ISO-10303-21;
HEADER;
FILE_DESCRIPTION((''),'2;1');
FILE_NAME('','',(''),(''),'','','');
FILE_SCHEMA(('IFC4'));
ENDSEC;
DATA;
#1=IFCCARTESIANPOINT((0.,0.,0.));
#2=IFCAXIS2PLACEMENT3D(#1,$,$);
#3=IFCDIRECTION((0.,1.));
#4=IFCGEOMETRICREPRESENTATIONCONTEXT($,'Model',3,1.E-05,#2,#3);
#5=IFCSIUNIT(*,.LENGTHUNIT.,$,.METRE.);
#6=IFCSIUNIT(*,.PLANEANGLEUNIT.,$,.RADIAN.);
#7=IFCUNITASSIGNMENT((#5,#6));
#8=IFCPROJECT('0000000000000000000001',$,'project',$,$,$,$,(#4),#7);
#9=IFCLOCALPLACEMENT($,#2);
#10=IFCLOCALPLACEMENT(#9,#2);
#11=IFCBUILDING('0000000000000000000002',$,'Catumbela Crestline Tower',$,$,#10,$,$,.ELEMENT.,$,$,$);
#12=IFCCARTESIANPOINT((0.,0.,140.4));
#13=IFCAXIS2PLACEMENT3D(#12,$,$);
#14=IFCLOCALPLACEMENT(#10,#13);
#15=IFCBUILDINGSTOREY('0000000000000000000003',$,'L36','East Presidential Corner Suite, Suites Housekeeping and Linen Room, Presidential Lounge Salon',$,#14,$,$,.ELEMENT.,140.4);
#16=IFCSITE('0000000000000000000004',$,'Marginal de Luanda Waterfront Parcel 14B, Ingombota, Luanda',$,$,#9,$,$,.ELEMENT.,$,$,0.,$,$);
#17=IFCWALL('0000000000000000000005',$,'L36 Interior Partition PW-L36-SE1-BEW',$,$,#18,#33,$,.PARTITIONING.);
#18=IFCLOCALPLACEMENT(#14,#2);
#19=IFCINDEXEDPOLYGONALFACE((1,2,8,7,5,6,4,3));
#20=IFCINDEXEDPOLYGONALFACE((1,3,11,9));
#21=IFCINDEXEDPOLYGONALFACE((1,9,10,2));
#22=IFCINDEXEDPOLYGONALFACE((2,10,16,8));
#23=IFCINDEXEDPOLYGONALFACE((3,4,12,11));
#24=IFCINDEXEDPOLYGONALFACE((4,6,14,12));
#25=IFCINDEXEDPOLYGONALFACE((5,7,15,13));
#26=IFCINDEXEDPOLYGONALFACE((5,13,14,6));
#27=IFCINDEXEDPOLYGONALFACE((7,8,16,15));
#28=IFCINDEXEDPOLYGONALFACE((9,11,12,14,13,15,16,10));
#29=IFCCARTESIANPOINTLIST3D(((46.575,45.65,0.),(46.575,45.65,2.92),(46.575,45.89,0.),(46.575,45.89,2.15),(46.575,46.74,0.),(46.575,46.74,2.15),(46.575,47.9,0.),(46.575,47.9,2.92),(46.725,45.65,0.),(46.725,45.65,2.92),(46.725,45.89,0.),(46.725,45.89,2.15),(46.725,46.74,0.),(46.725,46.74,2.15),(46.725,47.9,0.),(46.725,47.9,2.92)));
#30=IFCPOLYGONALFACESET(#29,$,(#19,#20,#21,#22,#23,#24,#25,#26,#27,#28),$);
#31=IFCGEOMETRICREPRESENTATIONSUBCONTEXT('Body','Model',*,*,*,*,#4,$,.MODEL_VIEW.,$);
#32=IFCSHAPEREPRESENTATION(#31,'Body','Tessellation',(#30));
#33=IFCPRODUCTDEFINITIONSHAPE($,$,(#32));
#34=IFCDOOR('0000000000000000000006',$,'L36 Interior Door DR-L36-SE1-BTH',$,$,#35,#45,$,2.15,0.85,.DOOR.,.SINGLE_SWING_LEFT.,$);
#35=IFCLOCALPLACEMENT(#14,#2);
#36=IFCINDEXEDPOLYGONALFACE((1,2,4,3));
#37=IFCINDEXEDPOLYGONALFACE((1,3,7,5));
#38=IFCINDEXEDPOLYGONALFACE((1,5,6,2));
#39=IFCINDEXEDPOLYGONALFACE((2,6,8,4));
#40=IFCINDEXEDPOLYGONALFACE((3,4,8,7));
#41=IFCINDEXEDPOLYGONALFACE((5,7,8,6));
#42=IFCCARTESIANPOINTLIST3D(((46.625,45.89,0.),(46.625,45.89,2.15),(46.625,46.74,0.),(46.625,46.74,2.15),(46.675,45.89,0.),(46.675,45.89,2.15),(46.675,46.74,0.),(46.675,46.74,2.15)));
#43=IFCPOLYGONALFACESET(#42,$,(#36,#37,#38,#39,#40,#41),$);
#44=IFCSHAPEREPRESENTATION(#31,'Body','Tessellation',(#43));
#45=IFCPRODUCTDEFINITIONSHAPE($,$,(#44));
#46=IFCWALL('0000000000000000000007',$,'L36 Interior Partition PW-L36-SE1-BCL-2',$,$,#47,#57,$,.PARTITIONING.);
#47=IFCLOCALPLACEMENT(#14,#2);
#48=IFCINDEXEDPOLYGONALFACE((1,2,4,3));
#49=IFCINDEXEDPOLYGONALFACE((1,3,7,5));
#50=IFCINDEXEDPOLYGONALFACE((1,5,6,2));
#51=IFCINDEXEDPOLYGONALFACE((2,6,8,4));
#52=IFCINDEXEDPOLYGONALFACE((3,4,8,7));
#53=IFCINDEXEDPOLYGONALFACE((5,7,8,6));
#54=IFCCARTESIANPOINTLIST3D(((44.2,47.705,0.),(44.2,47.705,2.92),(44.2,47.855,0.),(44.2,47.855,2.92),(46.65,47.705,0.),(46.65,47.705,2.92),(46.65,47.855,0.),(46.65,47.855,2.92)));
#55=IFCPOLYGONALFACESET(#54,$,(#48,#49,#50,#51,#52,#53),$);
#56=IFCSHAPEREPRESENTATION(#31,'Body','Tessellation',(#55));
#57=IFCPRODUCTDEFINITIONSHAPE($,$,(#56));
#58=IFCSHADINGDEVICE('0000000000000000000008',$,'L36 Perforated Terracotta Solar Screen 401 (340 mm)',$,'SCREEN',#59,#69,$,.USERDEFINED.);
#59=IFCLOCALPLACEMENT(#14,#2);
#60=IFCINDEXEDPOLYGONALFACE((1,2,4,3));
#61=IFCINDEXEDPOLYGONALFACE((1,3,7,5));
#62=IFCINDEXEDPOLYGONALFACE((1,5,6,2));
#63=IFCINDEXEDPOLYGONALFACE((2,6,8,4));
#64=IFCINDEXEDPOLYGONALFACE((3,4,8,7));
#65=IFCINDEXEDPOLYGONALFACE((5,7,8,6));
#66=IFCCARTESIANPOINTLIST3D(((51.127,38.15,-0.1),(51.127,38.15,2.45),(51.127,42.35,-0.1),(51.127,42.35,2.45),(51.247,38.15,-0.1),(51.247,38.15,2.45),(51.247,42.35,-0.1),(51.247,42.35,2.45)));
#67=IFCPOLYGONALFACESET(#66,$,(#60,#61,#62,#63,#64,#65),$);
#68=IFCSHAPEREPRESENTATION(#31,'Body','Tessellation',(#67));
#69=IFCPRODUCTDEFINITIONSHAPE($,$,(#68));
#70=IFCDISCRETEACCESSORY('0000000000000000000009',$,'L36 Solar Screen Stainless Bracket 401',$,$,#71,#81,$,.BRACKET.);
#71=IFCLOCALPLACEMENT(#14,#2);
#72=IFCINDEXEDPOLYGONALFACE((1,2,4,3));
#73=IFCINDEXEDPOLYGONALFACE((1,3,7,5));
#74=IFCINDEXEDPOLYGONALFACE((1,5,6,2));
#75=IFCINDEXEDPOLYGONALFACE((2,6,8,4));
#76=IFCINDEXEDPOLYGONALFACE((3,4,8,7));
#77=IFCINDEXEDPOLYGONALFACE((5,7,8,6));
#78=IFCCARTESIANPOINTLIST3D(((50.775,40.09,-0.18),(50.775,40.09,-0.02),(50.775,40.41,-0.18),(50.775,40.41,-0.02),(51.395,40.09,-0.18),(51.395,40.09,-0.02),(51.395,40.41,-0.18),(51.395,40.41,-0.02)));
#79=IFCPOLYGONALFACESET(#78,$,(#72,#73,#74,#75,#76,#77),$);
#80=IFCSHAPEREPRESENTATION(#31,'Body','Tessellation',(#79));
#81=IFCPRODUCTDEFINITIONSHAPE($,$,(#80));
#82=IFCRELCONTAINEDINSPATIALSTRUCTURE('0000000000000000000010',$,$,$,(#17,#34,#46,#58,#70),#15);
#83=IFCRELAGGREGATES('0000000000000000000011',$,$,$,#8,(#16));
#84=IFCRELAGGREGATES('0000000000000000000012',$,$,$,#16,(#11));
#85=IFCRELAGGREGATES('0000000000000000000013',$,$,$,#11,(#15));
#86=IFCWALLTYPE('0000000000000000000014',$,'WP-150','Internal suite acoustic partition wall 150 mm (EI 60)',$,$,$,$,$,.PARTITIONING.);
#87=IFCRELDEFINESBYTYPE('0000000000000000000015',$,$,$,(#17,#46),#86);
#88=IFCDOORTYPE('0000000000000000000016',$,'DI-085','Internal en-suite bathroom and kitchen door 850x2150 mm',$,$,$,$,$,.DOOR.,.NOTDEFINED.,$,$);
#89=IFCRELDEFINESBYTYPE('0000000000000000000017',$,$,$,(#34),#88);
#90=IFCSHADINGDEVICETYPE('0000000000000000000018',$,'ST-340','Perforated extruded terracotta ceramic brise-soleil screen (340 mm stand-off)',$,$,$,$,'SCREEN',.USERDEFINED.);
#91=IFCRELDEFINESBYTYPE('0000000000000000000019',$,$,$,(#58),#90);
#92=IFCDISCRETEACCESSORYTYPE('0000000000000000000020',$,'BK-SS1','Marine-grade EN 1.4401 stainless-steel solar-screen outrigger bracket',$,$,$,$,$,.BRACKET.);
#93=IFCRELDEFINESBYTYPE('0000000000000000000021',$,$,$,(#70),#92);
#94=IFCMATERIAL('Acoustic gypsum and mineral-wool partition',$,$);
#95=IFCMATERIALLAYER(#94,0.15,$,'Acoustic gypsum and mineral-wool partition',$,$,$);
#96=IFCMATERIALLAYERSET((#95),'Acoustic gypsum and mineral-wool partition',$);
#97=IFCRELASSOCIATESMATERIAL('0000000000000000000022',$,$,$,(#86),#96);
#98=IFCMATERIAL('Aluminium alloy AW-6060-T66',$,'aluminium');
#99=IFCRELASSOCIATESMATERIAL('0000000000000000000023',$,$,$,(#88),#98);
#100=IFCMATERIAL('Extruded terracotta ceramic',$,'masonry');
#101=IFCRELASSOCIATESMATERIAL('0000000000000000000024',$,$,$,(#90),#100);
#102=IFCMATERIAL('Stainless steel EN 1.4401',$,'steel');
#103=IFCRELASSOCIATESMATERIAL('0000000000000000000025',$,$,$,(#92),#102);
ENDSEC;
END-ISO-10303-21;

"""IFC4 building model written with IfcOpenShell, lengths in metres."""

from ifc_helpers import new_model, si_unit, direction, frame, frame_2d, origin, origin_2d, place, context, subcontext, project, spatial, rectangle, extrude, material, layer, layer_set, type_object, element, fill, save


model = new_model("IFC4")

# Units and contexts
model_context = context("Model", 3, precision=1e-05, world=origin(), true_north=direction((0.0, 1.0)))
body_context = subcontext(model_context, "Body", "Model", "MODEL_VIEW")
ifc_project = project(units=[si_unit("LENGTHUNIT", "METRE"), si_unit("PLANEANGLEUNIT", "RADIAN")], contexts=[model_context])

# Site, building, storey
site_placement = place(None, origin())
site = spatial("IfcSite", under=ifc_project, at=site_placement, Name="Marginal de Luanda Waterfront Parcel 14B, Ingombota, Luanda", CompositionType="ELEMENT", RefElevation=0.0)
building_placement = place(site_placement, origin())
building = spatial("IfcBuilding", under=site, at=building_placement, Name="Catumbela Crestline Tower", CompositionType="ELEMENT")
storey_placement = place(building_placement, frame((0.0, 0.0, 140.4)))
storey = spatial("IfcBuildingStorey", under=building, at=storey_placement, Name="L36", Description="East Presidential Corner Suite, Suites Housekeeping and Linen Room, Presidential Lounge Salon", CompositionType="ELEMENT", Elevation=140.4)

# Shared definitions
ifc_material_1 = material(Name="Aluminium alloy AW-6060-T66", Category="aluminium")

# Shared definitions
ifc_material_2 = material(Name="Acoustic gypsum and mineral-wool partition")

# Shared definitions
ifc_layer_1 = layer(ifc_material_2, 0.15, Name="Acoustic gypsum and mineral-wool partition")
ifc_layer_set_1 = layer_set([ifc_layer_1], Name="Acoustic gypsum and mineral-wool partition")
wall_type_1 = type_object("IfcWallType", Name="WP-150", Description="Internal suite acoustic partition wall 150 mm (EI 60)", PredefinedType="PARTITIONING", material=ifc_layer_set_1)

# Wall, opening, door
wall_1_placement = place(storey_placement, frame((46.65, 45.65, 0.0), z_axis=(0.0, 0.0, 1.0), x_axis=(0.0, 1.0, 0.0)))
wall_1 = element("IfcWall", 1, at=wall_1_placement, inside=storey, type_object=wall_type_1, Name="L36 Interior Partition PW-L36-SE1-BEW", PredefinedType="PARTITIONING", context=body_context, shape_type="SweptSolid", body=[
    extrude(rectangle(XDim=2.25, YDim=0.15, at=frame_2d((1.125, 0.0))), origin(), (0.0, 0.0, 1.0), 2.92),
])
opening_1_placement = place(wall_1_placement, frame((0.24, 0.0, 0.0)))
opening_1 = element("IfcOpeningElement", 2, at=opening_1_placement, cuts=wall_1, PredefinedType="OPENING", context=body_context, shape_type="SweptSolid", body=[
    extrude(rectangle(XDim=0.85, YDim=2.15, at=frame_2d((0.425, 1.075))), frame((0.0, 0.085, 0.0), z_axis=(0.0, -1.0, 0.0), x_axis=(1.0, 0.0, 0.0)), (0.0, 0.0, 1.0), 0.17),
])
door_type = type_object("IfcDoorType", Name="DI-085", Description="Internal en-suite bathroom and kitchen door 850x2150 mm", OperationType="NOTDEFINED", PredefinedType="DOOR", material=ifc_material_1)
door_placement = place(opening_1_placement, origin())
door = element("IfcDoor", 3, at=door_placement, inside=storey, type_object=door_type, Name="L36 Interior Door DR-L36-SE1-BTH", OperationType="SINGLE_SWING_LEFT", OverallHeight=2.15, OverallWidth=0.85, PredefinedType="DOOR", context=body_context, shape_type="SweptSolid", body=[
    extrude(rectangle(XDim=0.85, YDim=2.15, at=frame_2d((0.425, 1.075))), frame((0.0, 0.025, 0.0), z_axis=(0.0, -1.0, 0.0), x_axis=(1.0, 0.0, 0.0)), (0.0, 0.0, 1.0), 0.05),
])
fill(opening_1, door)

# Wall
wall_2_placement = place(storey_placement, frame((44.2, 47.78, 0.0), z_axis=(0.0, 0.0, 1.0), x_axis=(1.0, 0.0, 0.0)))
element("IfcWall", 4, at=wall_2_placement, inside=storey, type_object=wall_type_1, Name="L36 Interior Partition PW-L36-SE1-BCL-2", PredefinedType="PARTITIONING", context=body_context, shape_type="SweptSolid", body=[
    extrude(rectangle(XDim=2.45, YDim=0.15, at=frame_2d((1.225, 0.0))), origin(), (0.0, 0.0, 1.0), 2.92),
])

# Shading device
ifc_material_3 = material(Name="Extruded terracotta ceramic", Category="masonry")
shading_device_type = type_object("IfcShadingDeviceType", Name="ST-340", Description="Perforated extruded terracotta ceramic brise-soleil screen (340 mm stand-off)", ElementType="SCREEN", PredefinedType="USERDEFINED", material=ifc_material_3)
shading_device_placement = place(storey_placement, frame((51.187, 40.25, -0.1), z_axis=(0.0, 0.0, 1.0), x_axis=(0.0, 1.0, 0.0)))
element("IfcShadingDevice", 5, at=shading_device_placement, inside=storey, type_object=shading_device_type, Name="L36 Perforated Terracotta Solar Screen 401 (340 mm)", ObjectType="SCREEN", PredefinedType="USERDEFINED", context=body_context, shape_type="SweptSolid", body=[
    extrude(rectangle(XDim=4.2, YDim=0.12, at=origin_2d()), origin(), (0.0, 0.0, 1.0), 2.55),
])

# Discrete accessory
ifc_material_4 = material(Name="Stainless steel EN 1.4401", Category="steel")
discrete_accessory_type = type_object("IfcDiscreteAccessoryType", Name="BK-SS1", Description="Marine-grade EN 1.4401 stainless-steel solar-screen outrigger bracket", PredefinedType="BRACKET", material=ifc_material_4)
discrete_accessory_placement = place(storey_placement, frame((51.085, 40.25, -0.18), z_axis=(0.0, 0.0, 1.0), x_axis=(0.0, 1.0, 0.0)))
element("IfcDiscreteAccessory", 6, at=discrete_accessory_placement, inside=storey, type_object=discrete_accessory_type, Name="L36 Solar Screen Stainless Bracket 401", PredefinedType="BRACKET", context=body_context, shape_type="SweptSolid", body=[
    extrude(rectangle(XDim=0.32, YDim=0.62, at=origin_2d()), origin(), (0.0, 0.0, 1.0), 0.16),
])

save(model, "model.ifc")
